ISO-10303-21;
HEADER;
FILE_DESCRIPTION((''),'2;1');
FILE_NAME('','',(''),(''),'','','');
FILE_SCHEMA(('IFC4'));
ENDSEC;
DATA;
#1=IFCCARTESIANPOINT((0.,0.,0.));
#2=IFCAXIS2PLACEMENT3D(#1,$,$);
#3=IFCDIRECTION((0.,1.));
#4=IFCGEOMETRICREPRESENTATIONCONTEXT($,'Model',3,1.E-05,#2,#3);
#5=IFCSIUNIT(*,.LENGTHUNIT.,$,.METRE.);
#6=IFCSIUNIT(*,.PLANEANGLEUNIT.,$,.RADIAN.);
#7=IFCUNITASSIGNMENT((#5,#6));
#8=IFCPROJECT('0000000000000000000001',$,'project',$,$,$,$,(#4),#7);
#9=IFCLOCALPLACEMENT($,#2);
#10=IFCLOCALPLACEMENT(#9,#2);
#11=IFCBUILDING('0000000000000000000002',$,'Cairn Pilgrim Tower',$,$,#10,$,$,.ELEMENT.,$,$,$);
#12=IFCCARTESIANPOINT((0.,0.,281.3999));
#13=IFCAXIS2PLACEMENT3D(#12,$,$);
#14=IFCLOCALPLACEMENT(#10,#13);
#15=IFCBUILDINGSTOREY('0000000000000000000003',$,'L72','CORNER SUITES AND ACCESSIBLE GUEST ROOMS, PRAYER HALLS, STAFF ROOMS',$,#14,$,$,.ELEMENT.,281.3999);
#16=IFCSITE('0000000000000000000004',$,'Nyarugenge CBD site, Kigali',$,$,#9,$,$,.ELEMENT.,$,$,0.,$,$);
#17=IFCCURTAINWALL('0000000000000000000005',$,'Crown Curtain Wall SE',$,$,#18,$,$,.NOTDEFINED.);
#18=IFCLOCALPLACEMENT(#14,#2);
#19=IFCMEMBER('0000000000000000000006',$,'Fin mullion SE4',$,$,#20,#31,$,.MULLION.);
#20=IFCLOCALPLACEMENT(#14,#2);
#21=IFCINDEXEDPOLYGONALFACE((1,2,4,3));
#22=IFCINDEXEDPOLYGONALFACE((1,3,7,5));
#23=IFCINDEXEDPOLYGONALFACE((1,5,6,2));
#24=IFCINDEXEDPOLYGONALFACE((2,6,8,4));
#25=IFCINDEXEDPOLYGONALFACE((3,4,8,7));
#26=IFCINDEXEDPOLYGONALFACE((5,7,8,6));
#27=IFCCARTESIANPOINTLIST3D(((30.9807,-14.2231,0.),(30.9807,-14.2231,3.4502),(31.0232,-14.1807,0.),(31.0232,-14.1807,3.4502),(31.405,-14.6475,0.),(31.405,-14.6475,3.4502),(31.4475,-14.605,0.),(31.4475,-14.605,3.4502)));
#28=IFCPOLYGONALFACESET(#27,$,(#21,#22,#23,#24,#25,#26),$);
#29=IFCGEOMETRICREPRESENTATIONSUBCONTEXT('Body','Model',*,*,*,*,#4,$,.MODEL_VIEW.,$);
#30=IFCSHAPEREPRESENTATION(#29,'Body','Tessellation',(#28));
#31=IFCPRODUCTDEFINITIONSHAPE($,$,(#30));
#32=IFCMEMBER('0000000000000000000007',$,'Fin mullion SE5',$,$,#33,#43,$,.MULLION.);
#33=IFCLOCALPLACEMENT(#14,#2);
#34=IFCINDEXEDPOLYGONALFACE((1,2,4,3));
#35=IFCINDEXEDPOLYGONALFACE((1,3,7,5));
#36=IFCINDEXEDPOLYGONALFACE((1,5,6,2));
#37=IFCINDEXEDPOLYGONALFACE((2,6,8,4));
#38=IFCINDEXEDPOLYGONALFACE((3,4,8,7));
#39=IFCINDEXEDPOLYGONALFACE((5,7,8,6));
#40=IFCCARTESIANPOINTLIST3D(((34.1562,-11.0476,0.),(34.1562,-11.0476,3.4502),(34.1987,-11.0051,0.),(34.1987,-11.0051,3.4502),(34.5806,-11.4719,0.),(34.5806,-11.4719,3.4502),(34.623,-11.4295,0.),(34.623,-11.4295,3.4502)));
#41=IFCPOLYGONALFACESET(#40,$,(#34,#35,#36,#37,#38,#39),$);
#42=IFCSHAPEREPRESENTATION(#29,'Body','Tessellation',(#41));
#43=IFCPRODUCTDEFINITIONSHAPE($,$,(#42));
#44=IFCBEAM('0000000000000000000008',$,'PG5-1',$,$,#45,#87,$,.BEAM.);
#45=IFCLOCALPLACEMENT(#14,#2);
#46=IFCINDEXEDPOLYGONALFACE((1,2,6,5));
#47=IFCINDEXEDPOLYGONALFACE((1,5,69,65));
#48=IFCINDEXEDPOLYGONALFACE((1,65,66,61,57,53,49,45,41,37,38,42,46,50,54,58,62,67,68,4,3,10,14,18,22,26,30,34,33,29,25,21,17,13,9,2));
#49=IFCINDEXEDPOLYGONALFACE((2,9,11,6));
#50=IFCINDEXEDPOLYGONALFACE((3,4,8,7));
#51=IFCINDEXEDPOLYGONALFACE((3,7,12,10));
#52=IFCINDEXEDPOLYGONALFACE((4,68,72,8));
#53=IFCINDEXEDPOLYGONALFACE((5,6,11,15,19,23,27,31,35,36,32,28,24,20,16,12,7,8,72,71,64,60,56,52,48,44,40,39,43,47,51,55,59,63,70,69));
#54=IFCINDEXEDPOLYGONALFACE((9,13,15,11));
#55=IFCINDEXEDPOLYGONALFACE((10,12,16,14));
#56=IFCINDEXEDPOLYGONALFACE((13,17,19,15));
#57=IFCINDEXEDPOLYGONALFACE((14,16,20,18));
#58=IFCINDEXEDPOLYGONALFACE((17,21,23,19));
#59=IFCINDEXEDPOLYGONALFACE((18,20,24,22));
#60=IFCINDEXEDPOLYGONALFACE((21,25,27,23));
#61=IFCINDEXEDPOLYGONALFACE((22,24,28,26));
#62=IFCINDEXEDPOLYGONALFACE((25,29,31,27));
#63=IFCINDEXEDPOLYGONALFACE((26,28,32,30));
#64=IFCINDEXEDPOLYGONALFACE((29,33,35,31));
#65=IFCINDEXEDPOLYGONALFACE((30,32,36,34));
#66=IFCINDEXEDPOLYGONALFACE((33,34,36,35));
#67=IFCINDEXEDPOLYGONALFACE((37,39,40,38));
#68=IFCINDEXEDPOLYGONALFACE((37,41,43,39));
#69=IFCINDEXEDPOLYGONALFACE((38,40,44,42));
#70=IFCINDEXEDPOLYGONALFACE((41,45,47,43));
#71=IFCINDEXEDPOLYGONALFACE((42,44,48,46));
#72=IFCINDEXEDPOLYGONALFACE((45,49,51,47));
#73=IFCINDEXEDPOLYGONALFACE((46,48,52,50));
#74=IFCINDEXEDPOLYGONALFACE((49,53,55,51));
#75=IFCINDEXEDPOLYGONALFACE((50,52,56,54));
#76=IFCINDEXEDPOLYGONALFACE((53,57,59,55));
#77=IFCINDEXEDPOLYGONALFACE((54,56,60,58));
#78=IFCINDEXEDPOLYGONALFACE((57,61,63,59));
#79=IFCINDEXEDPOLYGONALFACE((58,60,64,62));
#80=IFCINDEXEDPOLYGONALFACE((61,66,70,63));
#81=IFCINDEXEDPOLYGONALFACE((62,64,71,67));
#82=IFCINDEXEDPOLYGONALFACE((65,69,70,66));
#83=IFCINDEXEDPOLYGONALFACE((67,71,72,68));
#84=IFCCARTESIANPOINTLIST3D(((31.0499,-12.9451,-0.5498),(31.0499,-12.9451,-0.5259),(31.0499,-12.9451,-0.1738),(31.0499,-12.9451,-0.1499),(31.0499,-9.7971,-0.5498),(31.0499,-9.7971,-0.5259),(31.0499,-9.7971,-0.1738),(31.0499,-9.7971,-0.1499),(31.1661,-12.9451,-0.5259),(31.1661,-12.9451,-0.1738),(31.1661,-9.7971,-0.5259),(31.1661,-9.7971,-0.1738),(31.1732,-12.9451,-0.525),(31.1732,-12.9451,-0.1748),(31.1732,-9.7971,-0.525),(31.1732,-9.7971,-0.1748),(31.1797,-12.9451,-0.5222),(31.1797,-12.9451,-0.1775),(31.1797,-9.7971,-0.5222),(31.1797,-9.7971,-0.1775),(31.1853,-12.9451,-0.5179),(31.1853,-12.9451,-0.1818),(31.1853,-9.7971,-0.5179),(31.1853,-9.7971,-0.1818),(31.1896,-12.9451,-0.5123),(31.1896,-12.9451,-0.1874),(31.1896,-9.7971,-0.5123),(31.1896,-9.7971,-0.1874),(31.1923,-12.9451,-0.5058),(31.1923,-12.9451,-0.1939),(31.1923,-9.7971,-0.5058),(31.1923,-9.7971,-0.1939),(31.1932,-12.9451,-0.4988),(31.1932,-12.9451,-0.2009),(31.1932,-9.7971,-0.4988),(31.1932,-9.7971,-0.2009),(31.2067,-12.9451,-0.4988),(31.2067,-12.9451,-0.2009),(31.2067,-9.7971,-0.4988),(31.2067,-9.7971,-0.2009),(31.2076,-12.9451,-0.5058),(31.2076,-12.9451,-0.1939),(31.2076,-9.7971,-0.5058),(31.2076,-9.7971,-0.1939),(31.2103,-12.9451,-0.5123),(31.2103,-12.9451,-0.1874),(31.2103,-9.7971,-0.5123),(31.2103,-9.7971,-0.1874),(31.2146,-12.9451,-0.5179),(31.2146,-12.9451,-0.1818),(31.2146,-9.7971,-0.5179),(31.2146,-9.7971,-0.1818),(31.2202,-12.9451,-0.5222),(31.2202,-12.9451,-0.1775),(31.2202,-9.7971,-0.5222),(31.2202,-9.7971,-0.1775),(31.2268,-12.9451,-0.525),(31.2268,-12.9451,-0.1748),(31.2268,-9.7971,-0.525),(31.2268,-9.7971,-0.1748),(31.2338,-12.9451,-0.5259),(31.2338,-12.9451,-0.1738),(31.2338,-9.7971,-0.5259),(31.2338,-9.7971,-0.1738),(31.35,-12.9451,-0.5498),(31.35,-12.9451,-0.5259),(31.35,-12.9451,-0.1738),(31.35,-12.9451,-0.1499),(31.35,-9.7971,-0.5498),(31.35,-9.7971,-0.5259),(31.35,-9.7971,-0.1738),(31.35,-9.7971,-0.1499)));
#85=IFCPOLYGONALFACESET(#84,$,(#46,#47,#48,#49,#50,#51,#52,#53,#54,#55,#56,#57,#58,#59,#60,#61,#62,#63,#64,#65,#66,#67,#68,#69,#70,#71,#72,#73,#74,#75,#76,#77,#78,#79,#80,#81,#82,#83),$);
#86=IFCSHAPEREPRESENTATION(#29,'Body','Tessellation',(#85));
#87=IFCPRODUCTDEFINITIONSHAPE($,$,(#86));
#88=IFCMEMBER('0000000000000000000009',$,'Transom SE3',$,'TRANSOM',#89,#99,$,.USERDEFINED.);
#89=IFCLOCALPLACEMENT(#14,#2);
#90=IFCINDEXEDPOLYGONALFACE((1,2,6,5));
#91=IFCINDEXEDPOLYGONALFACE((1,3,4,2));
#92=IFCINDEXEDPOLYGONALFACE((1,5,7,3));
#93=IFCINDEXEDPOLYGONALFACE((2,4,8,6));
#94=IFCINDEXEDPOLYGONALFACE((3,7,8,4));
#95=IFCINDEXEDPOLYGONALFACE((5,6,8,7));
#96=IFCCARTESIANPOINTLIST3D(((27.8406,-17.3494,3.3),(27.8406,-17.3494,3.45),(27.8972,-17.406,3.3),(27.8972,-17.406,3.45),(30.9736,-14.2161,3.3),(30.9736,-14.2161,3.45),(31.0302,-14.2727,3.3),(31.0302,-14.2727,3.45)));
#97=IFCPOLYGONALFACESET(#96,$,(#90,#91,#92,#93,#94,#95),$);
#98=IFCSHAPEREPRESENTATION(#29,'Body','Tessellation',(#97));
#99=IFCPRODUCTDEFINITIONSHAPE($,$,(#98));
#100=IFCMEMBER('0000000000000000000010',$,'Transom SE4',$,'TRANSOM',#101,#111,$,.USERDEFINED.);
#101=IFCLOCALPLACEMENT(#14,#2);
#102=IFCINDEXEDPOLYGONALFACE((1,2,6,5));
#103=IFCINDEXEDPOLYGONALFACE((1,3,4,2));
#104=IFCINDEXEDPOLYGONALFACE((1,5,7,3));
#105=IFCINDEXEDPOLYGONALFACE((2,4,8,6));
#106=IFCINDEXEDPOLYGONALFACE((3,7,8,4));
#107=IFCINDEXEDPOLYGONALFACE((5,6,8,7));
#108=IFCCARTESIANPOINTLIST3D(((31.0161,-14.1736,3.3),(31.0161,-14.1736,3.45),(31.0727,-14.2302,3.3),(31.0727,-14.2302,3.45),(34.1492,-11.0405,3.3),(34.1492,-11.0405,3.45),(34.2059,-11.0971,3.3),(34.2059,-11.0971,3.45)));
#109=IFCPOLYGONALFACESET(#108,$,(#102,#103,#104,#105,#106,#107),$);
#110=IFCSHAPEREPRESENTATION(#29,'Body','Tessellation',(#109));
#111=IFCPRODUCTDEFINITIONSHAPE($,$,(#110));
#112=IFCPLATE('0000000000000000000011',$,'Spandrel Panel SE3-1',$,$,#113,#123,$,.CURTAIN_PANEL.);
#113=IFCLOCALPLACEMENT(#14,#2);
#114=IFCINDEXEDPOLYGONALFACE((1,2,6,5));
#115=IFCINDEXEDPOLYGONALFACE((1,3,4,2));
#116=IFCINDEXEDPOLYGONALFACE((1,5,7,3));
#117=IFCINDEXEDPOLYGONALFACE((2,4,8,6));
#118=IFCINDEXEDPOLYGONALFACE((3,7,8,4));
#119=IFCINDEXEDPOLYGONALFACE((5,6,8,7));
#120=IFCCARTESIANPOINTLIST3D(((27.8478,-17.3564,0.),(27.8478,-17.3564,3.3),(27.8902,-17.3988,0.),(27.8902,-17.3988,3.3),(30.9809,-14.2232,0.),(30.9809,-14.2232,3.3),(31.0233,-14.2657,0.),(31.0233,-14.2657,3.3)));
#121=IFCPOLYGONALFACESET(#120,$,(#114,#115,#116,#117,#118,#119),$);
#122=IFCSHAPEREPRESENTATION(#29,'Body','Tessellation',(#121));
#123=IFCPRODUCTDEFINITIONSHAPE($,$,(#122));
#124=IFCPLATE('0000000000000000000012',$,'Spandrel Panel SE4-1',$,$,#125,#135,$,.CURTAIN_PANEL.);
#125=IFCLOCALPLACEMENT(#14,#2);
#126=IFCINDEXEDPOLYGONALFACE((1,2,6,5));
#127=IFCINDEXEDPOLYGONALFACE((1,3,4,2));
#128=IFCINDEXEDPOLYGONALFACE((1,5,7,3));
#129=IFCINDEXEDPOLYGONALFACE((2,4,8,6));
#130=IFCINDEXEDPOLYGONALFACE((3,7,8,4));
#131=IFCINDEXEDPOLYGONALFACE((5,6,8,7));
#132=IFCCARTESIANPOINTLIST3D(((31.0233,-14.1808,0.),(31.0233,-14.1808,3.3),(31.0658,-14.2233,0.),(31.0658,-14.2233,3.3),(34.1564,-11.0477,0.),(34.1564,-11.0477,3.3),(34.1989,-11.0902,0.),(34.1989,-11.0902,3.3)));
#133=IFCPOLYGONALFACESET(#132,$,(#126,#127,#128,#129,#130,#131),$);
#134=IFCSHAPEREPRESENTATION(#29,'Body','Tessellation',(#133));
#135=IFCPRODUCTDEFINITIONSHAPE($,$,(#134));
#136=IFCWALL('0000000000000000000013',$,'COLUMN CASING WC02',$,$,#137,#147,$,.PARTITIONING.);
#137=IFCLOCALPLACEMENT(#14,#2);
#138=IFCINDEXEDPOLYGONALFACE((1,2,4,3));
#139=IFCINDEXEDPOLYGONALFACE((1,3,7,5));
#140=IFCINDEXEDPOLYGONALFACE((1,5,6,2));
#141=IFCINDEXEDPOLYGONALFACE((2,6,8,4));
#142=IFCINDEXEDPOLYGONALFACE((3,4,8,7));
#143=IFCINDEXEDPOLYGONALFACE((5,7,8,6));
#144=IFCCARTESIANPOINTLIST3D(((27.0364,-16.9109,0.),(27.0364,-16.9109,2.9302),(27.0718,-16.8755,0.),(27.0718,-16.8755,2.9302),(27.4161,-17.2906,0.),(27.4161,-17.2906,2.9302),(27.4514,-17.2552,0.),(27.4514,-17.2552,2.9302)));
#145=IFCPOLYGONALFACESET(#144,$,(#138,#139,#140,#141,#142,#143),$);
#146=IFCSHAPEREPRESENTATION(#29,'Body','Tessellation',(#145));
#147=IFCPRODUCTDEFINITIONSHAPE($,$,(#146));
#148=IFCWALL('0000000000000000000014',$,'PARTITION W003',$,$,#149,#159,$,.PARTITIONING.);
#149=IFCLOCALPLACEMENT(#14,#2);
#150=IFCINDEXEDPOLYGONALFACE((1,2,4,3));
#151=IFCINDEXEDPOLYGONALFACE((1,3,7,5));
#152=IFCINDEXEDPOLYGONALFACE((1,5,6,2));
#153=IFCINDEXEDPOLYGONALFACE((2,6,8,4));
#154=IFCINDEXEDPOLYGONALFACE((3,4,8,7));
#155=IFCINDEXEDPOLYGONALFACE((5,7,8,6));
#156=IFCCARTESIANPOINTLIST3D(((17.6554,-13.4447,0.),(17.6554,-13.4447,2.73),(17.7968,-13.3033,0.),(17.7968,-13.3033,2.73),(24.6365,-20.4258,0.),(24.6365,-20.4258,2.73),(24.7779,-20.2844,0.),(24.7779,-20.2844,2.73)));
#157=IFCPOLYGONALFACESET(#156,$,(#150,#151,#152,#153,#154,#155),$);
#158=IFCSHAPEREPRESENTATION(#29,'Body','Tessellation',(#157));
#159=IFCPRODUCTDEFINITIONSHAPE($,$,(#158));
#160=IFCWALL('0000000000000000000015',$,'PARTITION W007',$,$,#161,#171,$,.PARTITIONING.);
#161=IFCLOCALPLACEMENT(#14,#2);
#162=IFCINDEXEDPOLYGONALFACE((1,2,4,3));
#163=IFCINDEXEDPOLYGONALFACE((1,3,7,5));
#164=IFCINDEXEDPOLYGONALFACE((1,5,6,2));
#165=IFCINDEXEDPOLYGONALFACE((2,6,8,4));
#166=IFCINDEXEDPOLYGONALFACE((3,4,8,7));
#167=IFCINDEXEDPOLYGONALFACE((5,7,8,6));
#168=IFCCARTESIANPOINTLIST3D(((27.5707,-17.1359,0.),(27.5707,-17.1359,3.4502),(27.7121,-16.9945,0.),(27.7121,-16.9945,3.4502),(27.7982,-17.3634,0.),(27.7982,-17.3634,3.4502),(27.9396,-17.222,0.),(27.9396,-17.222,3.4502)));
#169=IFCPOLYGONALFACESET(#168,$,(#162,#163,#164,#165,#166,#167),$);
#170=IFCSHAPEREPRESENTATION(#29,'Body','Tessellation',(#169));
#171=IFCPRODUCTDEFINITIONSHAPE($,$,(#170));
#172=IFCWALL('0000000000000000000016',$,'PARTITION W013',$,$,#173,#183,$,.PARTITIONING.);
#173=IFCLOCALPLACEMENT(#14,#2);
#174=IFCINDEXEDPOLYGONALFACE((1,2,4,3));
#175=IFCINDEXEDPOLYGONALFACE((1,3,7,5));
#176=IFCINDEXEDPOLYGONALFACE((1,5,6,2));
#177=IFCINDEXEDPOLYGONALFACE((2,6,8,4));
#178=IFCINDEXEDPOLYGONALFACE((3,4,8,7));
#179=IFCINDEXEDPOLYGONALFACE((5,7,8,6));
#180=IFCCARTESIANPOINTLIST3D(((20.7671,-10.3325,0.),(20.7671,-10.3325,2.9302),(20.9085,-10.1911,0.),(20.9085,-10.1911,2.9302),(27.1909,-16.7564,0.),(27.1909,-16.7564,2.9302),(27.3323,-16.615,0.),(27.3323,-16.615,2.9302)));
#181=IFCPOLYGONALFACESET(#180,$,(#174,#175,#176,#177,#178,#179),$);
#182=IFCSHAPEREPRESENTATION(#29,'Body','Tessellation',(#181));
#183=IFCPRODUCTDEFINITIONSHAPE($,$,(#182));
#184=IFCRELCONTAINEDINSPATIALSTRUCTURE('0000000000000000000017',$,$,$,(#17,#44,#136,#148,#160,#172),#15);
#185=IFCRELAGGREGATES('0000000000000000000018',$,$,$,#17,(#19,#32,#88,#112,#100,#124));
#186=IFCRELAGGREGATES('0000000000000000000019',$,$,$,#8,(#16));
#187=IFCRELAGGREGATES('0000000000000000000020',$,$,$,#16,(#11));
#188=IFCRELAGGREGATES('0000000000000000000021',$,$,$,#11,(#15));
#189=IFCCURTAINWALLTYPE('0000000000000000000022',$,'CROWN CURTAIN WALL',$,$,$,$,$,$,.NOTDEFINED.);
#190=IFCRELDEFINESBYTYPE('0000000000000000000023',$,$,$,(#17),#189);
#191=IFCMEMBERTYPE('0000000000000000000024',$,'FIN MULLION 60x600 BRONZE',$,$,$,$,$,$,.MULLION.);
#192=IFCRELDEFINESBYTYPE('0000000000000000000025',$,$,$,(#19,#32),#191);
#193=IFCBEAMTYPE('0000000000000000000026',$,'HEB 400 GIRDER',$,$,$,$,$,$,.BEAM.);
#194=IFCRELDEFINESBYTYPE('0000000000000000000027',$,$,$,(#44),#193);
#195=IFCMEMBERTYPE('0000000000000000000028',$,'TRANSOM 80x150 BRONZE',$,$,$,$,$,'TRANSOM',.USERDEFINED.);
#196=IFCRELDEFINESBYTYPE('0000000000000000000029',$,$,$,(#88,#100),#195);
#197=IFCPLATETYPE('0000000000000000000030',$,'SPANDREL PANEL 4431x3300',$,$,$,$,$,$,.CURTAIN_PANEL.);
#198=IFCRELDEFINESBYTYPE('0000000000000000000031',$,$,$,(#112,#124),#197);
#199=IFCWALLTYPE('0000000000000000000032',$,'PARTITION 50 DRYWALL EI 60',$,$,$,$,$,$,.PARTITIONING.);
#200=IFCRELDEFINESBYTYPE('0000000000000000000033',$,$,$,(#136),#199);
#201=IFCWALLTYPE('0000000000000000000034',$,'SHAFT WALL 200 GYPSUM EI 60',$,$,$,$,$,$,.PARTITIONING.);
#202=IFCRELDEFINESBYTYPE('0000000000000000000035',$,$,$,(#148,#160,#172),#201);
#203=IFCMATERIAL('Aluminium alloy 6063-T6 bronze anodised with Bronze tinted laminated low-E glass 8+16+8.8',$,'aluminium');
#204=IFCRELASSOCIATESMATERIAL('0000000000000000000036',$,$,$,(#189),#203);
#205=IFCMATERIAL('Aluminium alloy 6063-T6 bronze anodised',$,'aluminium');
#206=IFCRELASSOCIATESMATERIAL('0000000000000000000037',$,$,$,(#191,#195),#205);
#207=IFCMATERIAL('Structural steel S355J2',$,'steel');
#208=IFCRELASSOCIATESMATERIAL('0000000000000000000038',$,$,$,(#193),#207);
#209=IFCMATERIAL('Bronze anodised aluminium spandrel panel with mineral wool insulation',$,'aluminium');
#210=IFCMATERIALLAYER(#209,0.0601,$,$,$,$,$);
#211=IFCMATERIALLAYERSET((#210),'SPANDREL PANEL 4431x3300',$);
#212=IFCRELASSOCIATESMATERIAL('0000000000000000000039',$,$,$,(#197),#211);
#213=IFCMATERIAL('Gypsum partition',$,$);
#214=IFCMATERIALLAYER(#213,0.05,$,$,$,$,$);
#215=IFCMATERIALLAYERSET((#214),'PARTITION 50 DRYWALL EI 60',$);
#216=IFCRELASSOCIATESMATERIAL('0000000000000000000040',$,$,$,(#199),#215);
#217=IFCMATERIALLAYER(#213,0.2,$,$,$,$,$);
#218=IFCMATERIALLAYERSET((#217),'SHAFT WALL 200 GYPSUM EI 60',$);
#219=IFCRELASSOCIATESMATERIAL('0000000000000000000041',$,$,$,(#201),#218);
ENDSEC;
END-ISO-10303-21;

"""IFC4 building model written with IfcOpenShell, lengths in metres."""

from ifc_helpers import new_model, si_unit, direction, frame, frame_2d, origin, origin_2d, place, context, subcontext, project, spatial, rectangle, i_section, extrude, material, layer, layer_set, material_profile, profile_set, type_object, element, aggregate, save


model = new_model("IFC4")

# Units and contexts
model_context = context("Model", 3, precision=1e-05, world=origin(), true_north=direction((0.0, 1.0)))
body_context = subcontext(model_context, "Body", "Model", "MODEL_VIEW")
ifc_project = project(units=[si_unit("LENGTHUNIT", "METRE"), si_unit("PLANEANGLEUNIT", "RADIAN")], contexts=[model_context])

# Site, building, storey
site_placement = place(None, origin())
site = spatial("IfcSite", under=ifc_project, at=site_placement, Name="Nyarugenge CBD site, Kigali", CompositionType="ELEMENT", RefElevation=0.0)
building_placement = place(site_placement, origin())
building = spatial("IfcBuilding", under=site, at=building_placement, Name="Cairn Pilgrim Tower", CompositionType="ELEMENT")
storey_placement = place(building_placement, frame((0.0, 0.0, 281.3999)))
storey = spatial("IfcBuildingStorey", under=building, at=storey_placement, Name="L72", Description="CORNER SUITES AND ACCESSIBLE GUEST ROOMS, PRAYER HALLS, STAFF ROOMS", CompositionType="ELEMENT", Elevation=281.3999)

# Shared definitions
ifc_material_1 = material(Name="Structural steel S355J2", Category="steel")

# Curtain wall, members
ifc_material_2 = material(Name="Aluminium alloy 6063-T6 bronze anodised with Bronze tinted laminated low-E glass 8+16+8.8", Category="aluminium")
curtain_wall_type = type_object("IfcCurtainWallType", Name="CROWN CURTAIN WALL", PredefinedType="NOTDEFINED", material=ifc_material_2)
curtain_wall_placement = place(storey_placement, origin())
curtain_wall = element("IfcCurtainWall", 1, at=curtain_wall_placement, inside=storey, type_object=curtain_wall_type, Name="Crown Curtain Wall SE", PredefinedType="NOTDEFINED")
ifc_material_3 = material(Name="Aluminium alloy 6063-T6 bronze anodised", Category="aluminium")
ifc_material_profile_1 = material_profile(ifc_material_3, rectangle(XDim=0.6001, YDim=0.0601, at=origin_2d()), Name="FIN MULLION 60x600 BRONZE")
ifc_profile_set_1 = profile_set([ifc_material_profile_1], Name="Aluminium alloy 6063-T6 bronze anodised")
member_type_1 = type_object("IfcMemberType", Name="FIN MULLION 60x600 BRONZE", PredefinedType="MULLION", material=ifc_profile_set_1)
member_1_placement = place(storey_placement, frame((31.2141, -14.4141, 0.0), z_axis=(0.0, 0.0, 1.0), x_axis=(0.707107, -0.707107, 0.0)))
member_1 = element("IfcMember", 2, at=member_1_placement, type_object=member_type_1, Name="Fin mullion SE4", PredefinedType="MULLION", context=body_context, shape_type="SweptSolid", body=[
    extrude(rectangle(XDim=0.6001, YDim=0.0601, at=origin_2d()), origin(), (0.0, 0.0, 1.0), 3.4502),
])
member_2_placement = place(storey_placement, frame((34.3896, -11.2385, 0.0), z_axis=(0.0, 0.0, 1.0), x_axis=(0.707107, -0.707107, 0.0)))
member_2 = element("IfcMember", 3, at=member_2_placement, type_object=member_type_1, Name="Fin mullion SE5", PredefinedType="MULLION", context=body_context, shape_type="SweptSolid", body=[
    extrude(rectangle(XDim=0.6001, YDim=0.0601, at=origin_2d()), origin(), (0.0, 0.0, 1.0), 3.4502),
])

# Beam
ifc_material_profile_2 = material_profile(ifc_material_1, i_section(OverallWidth=0.3, OverallDepth=0.3999, WebThickness=0.0134, FlangeThickness=0.0239, FilletRadius=0.0271, at=origin_2d()), Name="HEB 400")
ifc_profile_set_2 = profile_set([ifc_material_profile_2], Name="Structural steel S355J2")
beam_type_1 = type_object("IfcBeamType", Name="HEB 400 GIRDER", PredefinedType="BEAM", material=ifc_profile_set_2)
beam_placement = place(storey_placement, frame((31.2, -12.9451, -0.3499), z_axis=(0.0, 1.0, 0.0), x_axis=(-1.0, 0.0, 0.0)))
element("IfcBeam", 4, at=beam_placement, inside=storey, type_object=beam_type_1, Name="PG5-1", PredefinedType="BEAM", context=body_context, shape_type="SweptSolid", body=[
    extrude(i_section(OverallWidth=0.3, OverallDepth=0.3999, WebThickness=0.0134, FlangeThickness=0.0239, FilletRadius=0.0271, at=origin_2d()), origin(), (0.0, 0.0, 1.0), 3.1479),
])

# Members
ifc_material_profile_3 = material_profile(ifc_material_3, rectangle(XDim=0.0801, YDim=0.1499, at=origin_2d()), Name="TRANSOM 80x150 BRONZE")
ifc_profile_set_3 = profile_set([ifc_material_profile_3], Name="Aluminium alloy 6063-T6 bronze anodised")
member_type_2 = type_object("IfcMemberType", Name="TRANSOM 80x150 BRONZE", ElementType="TRANSOM", PredefinedType="USERDEFINED", material=ifc_profile_set_3)
member_3_placement = place(storey_placement, frame((27.8689, -17.3777, 3.375), z_axis=(0.707079, 0.707134, 0.0), x_axis=(-0.707134, 0.707079, 0.0)))
member_3 = element("IfcMember", 5, at=member_3_placement, type_object=member_type_2, Name="Transom SE3", ObjectType="TRANSOM", PredefinedType="USERDEFINED", context=body_context, shape_type="SweptSolid", body=[
    extrude(rectangle(XDim=0.0801, YDim=0.1499, at=origin_2d()), origin(), (0.0, 0.0, 1.0), 4.4309),
])
member_4_placement = place(storey_placement, frame((31.0444, -14.2019, 3.375), z_axis=(0.707107, 0.707107, 0.0), x_axis=(-0.707107, 0.707107, 0.0)))
member_4 = element("IfcMember", 6, at=member_4_placement, type_object=member_type_2, Name="Transom SE4", ObjectType="TRANSOM", PredefinedType="USERDEFINED", context=body_context, shape_type="SweptSolid", body=[
    extrude(rectangle(XDim=0.0801, YDim=0.1499, at=origin_2d()), origin(), (0.0, 0.0, 1.0), 4.4309),
])

# Plates
ifc_material_4 = material(Name="Bronze anodised aluminium spandrel panel with mineral wool insulation", Category="aluminium")
ifc_layer_1 = layer(ifc_material_4, 0.0601)
ifc_layer_set_1 = layer_set([ifc_layer_1], Name="SPANDREL PANEL 4431x3300")
plate_type = type_object("IfcPlateType", Name="SPANDREL PANEL 4431x3300", PredefinedType="CURTAIN_PANEL", material=ifc_layer_set_1)
plate_1_placement = place(storey_placement, frame((29.4355, -15.811, 0.0), z_axis=(0.0, 0.0, 1.0), x_axis=(0.707107, 0.707107, 0.0)))
plate_1 = element("IfcPlate", 7, at=plate_1_placement, type_object=plate_type, Name="Spandrel Panel SE3-1", PredefinedType="CURTAIN_PANEL", context=body_context, shape_type="SweptSolid", body=[
    extrude(rectangle(XDim=4.4309, YDim=0.0601, at=origin_2d()), origin(), (0.0, 0.0, 1.0), 3.3),
])
plate_2_placement = place(storey_placement, frame((32.6111, -12.6355, 0.0), z_axis=(0.0, 0.0, 1.0), x_axis=(0.707107, 0.707107, 0.0)))
plate_2 = element("IfcPlate", 8, at=plate_2_placement, type_object=plate_type, Name="Spandrel Panel SE4-1", PredefinedType="CURTAIN_PANEL", context=body_context, shape_type="SweptSolid", body=[
    extrude(rectangle(XDim=4.4309, YDim=0.0601, at=origin_2d()), origin(), (0.0, 0.0, 1.0), 3.3),
])
aggregate(curtain_wall, [member_1, member_2, member_3, plate_1, member_4, plate_2])

# Walls
ifc_material_5 = material(Name="Gypsum partition")
ifc_layer_2 = layer(ifc_material_5, 0.05)
ifc_layer_set_2 = layer_set([ifc_layer_2], Name="PARTITION 50 DRYWALL EI 60")
wall_type_1 = type_object("IfcWallType", Name="PARTITION 50 DRYWALL EI 60", PredefinedType="PARTITIONING", material=ifc_layer_set_2)
wall_1_placement = place(storey_placement, frame((27.4338, -17.2729, 0.0), z_axis=(0.0, 0.0, 1.0), x_axis=(-0.707107, 0.707107, 0.0)))
element("IfcWall", 9, at=wall_1_placement, inside=storey, type_object=wall_type_1, Name="COLUMN CASING WC02", PredefinedType="PARTITIONING", context=body_context, shape_type="SweptSolid", body=[
    extrude(rectangle(XDim=0.5369, YDim=0.05, at=frame_2d((0.2686, 0.0))), origin(), (0.0, 0.0, 1.0), 2.9302),
])
ifc_layer_3 = layer(ifc_material_5, 0.2)
ifc_layer_set_3 = layer_set([ifc_layer_3], Name="SHAFT WALL 200 GYPSUM EI 60")
wall_type_2 = type_object("IfcWallType", Name="SHAFT WALL 200 GYPSUM EI 60", PredefinedType="PARTITIONING", material=ifc_layer_set_3)
wall_2_placement = place(storey_placement, frame((24.7073, -20.3552, 0.0), z_axis=(0.0, 0.0, 1.0), x_axis=(-0.707107, 0.707107, 0.0)))
element("IfcWall", 10, at=wall_2_placement, inside=storey, type_object=wall_type_2, Name="PARTITION W003", PredefinedType="PARTITIONING", context=body_context, shape_type="SweptSolid", body=[
    extrude(rectangle(XDim=9.8728, YDim=0.2, at=frame_2d((4.9365, 0.0))), origin(), (0.0, 0.0, 1.0), 2.73),
])
wall_3_placement = place(storey_placement, frame((27.8689, -17.2927, 0.0), z_axis=(0.0, 0.0, 1.0), x_axis=(-0.707107, 0.707107, 0.0)))
element("IfcWall", 11, at=wall_3_placement, inside=storey, type_object=wall_type_2, Name="PARTITION W007", PredefinedType="PARTITIONING", context=body_context, shape_type="SweptSolid", body=[
    extrude(rectangle(XDim=0.3218, YDim=0.2, at=frame_2d((0.1609, 0.0))), origin(), (0.0, 0.0, 1.0), 3.4502),
])
wall_4_placement = place(storey_placement, frame((27.2617, -16.6858, 0.0), z_axis=(0.0, 0.0, 1.0), x_axis=(-0.707107, 0.707107, 0.0)))
element("IfcWall", 12, at=wall_4_placement, inside=storey, type_object=wall_type_2, Name="PARTITION W013", PredefinedType="PARTITIONING", context=body_context, shape_type="SweptSolid", body=[
    extrude(rectangle(XDim=9.0847, YDim=0.2, at=frame_2d((4.5425, 0.0))), origin(), (0.0, 0.0, 1.0), 2.9302),
])

save(model, "model.ifc")
